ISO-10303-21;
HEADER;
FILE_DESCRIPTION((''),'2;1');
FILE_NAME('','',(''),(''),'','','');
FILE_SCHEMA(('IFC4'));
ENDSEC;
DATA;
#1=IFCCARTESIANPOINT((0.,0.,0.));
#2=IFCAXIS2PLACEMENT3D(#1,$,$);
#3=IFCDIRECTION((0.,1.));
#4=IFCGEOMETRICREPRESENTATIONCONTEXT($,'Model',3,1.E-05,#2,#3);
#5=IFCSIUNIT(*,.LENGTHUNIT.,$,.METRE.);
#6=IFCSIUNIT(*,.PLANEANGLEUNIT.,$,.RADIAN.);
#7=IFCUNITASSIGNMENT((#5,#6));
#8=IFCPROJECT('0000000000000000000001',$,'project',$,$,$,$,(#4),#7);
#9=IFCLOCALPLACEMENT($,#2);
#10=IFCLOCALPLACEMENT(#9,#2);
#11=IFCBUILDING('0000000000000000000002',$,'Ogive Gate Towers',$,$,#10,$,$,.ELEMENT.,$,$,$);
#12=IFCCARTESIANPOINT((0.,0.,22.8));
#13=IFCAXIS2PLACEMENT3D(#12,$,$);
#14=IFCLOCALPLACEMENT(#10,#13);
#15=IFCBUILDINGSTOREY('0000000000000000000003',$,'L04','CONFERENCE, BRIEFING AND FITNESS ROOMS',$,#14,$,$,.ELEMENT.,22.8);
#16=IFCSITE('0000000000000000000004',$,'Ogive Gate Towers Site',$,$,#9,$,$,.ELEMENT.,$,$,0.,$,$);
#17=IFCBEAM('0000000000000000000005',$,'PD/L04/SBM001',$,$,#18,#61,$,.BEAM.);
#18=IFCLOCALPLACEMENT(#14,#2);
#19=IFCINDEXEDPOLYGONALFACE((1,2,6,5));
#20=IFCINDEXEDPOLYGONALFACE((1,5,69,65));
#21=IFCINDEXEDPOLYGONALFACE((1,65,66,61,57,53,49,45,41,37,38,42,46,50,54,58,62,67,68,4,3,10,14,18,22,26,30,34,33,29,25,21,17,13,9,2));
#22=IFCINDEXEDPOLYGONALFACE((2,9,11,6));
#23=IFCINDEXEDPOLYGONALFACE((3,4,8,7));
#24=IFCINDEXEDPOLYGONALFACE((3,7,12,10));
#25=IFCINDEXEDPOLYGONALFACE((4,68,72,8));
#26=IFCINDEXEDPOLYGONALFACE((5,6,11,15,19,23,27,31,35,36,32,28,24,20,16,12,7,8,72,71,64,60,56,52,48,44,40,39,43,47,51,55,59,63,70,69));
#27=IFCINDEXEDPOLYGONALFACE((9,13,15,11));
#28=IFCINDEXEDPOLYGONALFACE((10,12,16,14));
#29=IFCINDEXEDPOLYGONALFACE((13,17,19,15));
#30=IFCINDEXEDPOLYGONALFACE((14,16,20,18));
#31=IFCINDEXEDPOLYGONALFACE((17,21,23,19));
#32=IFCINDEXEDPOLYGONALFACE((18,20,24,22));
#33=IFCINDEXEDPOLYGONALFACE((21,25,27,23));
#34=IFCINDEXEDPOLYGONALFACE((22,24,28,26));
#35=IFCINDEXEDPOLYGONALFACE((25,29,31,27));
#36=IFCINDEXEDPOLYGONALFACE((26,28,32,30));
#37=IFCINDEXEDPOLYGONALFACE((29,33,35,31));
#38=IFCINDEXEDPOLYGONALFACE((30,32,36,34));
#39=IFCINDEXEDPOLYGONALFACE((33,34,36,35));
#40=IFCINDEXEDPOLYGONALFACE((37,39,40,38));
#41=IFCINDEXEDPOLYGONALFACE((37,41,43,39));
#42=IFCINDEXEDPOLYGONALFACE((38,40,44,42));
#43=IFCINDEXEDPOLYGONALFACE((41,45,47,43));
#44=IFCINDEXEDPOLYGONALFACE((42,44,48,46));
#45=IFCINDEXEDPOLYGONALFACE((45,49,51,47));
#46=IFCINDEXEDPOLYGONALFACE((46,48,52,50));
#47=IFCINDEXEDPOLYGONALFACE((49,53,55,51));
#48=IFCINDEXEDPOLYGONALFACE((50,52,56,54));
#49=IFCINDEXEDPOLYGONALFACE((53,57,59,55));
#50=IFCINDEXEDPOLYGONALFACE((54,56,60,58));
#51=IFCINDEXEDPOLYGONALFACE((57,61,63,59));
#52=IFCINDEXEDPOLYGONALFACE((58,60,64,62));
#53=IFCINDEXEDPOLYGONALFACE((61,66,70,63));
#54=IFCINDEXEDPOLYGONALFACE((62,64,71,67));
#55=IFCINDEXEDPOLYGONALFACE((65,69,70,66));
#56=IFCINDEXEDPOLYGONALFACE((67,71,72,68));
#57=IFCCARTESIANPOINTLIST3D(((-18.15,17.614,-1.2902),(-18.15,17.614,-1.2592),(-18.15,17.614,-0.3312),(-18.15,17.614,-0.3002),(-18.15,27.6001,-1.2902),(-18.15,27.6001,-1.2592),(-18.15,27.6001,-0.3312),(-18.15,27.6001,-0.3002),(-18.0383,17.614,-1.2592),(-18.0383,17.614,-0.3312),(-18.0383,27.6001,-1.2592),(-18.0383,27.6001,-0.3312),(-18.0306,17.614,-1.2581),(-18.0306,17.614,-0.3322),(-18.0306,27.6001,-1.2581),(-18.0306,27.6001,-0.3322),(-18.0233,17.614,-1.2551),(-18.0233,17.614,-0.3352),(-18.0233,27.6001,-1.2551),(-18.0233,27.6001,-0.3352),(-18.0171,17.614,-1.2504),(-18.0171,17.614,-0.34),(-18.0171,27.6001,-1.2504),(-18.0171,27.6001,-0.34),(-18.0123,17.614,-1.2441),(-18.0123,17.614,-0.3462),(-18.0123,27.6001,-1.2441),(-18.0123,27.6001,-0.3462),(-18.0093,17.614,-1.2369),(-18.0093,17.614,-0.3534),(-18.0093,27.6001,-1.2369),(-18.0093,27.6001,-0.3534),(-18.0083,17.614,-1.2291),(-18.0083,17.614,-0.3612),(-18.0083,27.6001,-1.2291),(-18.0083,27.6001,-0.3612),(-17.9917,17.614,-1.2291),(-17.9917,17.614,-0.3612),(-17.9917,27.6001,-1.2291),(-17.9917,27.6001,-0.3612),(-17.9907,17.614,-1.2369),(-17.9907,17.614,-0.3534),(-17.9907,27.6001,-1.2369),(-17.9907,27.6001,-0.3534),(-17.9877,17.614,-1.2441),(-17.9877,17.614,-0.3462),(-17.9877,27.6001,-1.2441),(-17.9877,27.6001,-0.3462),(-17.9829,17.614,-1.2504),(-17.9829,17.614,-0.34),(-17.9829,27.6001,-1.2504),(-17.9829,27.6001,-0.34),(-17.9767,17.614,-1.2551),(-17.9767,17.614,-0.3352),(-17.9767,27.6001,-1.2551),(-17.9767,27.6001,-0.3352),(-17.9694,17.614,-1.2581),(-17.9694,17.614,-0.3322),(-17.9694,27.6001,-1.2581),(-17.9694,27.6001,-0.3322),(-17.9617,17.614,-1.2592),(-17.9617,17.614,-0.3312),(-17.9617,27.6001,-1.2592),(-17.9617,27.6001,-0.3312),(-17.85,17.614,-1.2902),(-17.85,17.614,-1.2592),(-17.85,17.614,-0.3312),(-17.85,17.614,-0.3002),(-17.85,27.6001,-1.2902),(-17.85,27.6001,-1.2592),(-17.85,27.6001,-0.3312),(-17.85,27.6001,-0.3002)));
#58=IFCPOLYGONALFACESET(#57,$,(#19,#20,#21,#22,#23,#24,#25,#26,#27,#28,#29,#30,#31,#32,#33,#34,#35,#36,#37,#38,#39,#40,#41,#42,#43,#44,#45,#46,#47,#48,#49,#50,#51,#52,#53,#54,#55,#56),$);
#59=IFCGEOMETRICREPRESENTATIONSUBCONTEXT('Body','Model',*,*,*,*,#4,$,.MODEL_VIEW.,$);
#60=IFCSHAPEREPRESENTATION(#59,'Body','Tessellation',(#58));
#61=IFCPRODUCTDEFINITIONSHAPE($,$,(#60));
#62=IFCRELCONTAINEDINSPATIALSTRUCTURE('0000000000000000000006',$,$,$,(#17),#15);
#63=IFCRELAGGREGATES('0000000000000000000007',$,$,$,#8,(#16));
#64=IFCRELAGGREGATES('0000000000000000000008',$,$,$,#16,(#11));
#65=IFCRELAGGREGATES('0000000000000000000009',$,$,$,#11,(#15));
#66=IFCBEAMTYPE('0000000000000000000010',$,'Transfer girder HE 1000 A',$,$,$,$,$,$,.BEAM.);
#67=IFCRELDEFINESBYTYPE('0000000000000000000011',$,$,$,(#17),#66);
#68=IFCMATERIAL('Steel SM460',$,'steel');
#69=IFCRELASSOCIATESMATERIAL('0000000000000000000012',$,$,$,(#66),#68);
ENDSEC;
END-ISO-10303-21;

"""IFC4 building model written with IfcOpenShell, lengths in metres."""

from ifc_helpers import new_model, si_unit, direction, frame, origin, origin_2d, place, context, subcontext, project, spatial, i_section, extrude, material, material_profile, profile_set, type_object, element, save


model = new_model("IFC4")

# Units and contexts
model_context = context("Model", 3, precision=1e-05, world=origin(), true_north=direction((0.0, 1.0)))
body_context = subcontext(model_context, "Body", "Model", "MODEL_VIEW")
ifc_project = project(units=[si_unit("LENGTHUNIT", "METRE"), si_unit("PLANEANGLEUNIT", "RADIAN")], contexts=[model_context])

# Site, building, storey
site_placement = place(None, origin())
site = spatial("IfcSite", under=ifc_project, at=site_placement, Name="Ogive Gate Towers Site", CompositionType="ELEMENT", RefElevation=0.0)
building_placement = place(site_placement, origin())
building = spatial("IfcBuilding", under=site, at=building_placement, Name="Ogive Gate Towers", CompositionType="ELEMENT")
storey_placement = place(building_placement, frame((0.0, 0.0, 22.8)))
storey = spatial("IfcBuildingStorey", under=building, at=storey_placement, Name="L04", Description="CONFERENCE, BRIEFING AND FITNESS ROOMS", CompositionType="ELEMENT", Elevation=22.8)

# Beam
ifc_material_1 = material(Name="Steel SM460", Category="steel")
ifc_material_profile_1 = material_profile(ifc_material_1, i_section(OverallWidth=0.3, OverallDepth=0.99, WebThickness=0.0166, FlangeThickness=0.031, FilletRadius=0.03, at=origin_2d()), Name="HE 1000 A")
ifc_profile_set_1 = profile_set([ifc_material_profile_1], Name="Steel SM460")
beam_type_1 = type_object("IfcBeamType", Name="Transfer girder HE 1000 A", PredefinedType="BEAM", material=ifc_profile_set_1)
beam_1_placement = place(storey_placement, frame((-18.0, 17.614, -0.7952), z_axis=(0.0, 1.0, 0.0), x_axis=(-1.0, 0.0, 0.0)))
element("IfcBeam", 1, at=beam_1_placement, inside=storey, type_object=beam_type_1, Name="PD/L04/SBM001", PredefinedType="BEAM", context=body_context, shape_type="SweptSolid", body=[
    extrude(i_section(OverallWidth=0.3, OverallDepth=0.99, WebThickness=0.0166, FlangeThickness=0.031, FilletRadius=0.03, at=origin_2d()), origin(), (0.0, 0.0, 1.0), 9.9861),
])

save(model, "model.ifc")
